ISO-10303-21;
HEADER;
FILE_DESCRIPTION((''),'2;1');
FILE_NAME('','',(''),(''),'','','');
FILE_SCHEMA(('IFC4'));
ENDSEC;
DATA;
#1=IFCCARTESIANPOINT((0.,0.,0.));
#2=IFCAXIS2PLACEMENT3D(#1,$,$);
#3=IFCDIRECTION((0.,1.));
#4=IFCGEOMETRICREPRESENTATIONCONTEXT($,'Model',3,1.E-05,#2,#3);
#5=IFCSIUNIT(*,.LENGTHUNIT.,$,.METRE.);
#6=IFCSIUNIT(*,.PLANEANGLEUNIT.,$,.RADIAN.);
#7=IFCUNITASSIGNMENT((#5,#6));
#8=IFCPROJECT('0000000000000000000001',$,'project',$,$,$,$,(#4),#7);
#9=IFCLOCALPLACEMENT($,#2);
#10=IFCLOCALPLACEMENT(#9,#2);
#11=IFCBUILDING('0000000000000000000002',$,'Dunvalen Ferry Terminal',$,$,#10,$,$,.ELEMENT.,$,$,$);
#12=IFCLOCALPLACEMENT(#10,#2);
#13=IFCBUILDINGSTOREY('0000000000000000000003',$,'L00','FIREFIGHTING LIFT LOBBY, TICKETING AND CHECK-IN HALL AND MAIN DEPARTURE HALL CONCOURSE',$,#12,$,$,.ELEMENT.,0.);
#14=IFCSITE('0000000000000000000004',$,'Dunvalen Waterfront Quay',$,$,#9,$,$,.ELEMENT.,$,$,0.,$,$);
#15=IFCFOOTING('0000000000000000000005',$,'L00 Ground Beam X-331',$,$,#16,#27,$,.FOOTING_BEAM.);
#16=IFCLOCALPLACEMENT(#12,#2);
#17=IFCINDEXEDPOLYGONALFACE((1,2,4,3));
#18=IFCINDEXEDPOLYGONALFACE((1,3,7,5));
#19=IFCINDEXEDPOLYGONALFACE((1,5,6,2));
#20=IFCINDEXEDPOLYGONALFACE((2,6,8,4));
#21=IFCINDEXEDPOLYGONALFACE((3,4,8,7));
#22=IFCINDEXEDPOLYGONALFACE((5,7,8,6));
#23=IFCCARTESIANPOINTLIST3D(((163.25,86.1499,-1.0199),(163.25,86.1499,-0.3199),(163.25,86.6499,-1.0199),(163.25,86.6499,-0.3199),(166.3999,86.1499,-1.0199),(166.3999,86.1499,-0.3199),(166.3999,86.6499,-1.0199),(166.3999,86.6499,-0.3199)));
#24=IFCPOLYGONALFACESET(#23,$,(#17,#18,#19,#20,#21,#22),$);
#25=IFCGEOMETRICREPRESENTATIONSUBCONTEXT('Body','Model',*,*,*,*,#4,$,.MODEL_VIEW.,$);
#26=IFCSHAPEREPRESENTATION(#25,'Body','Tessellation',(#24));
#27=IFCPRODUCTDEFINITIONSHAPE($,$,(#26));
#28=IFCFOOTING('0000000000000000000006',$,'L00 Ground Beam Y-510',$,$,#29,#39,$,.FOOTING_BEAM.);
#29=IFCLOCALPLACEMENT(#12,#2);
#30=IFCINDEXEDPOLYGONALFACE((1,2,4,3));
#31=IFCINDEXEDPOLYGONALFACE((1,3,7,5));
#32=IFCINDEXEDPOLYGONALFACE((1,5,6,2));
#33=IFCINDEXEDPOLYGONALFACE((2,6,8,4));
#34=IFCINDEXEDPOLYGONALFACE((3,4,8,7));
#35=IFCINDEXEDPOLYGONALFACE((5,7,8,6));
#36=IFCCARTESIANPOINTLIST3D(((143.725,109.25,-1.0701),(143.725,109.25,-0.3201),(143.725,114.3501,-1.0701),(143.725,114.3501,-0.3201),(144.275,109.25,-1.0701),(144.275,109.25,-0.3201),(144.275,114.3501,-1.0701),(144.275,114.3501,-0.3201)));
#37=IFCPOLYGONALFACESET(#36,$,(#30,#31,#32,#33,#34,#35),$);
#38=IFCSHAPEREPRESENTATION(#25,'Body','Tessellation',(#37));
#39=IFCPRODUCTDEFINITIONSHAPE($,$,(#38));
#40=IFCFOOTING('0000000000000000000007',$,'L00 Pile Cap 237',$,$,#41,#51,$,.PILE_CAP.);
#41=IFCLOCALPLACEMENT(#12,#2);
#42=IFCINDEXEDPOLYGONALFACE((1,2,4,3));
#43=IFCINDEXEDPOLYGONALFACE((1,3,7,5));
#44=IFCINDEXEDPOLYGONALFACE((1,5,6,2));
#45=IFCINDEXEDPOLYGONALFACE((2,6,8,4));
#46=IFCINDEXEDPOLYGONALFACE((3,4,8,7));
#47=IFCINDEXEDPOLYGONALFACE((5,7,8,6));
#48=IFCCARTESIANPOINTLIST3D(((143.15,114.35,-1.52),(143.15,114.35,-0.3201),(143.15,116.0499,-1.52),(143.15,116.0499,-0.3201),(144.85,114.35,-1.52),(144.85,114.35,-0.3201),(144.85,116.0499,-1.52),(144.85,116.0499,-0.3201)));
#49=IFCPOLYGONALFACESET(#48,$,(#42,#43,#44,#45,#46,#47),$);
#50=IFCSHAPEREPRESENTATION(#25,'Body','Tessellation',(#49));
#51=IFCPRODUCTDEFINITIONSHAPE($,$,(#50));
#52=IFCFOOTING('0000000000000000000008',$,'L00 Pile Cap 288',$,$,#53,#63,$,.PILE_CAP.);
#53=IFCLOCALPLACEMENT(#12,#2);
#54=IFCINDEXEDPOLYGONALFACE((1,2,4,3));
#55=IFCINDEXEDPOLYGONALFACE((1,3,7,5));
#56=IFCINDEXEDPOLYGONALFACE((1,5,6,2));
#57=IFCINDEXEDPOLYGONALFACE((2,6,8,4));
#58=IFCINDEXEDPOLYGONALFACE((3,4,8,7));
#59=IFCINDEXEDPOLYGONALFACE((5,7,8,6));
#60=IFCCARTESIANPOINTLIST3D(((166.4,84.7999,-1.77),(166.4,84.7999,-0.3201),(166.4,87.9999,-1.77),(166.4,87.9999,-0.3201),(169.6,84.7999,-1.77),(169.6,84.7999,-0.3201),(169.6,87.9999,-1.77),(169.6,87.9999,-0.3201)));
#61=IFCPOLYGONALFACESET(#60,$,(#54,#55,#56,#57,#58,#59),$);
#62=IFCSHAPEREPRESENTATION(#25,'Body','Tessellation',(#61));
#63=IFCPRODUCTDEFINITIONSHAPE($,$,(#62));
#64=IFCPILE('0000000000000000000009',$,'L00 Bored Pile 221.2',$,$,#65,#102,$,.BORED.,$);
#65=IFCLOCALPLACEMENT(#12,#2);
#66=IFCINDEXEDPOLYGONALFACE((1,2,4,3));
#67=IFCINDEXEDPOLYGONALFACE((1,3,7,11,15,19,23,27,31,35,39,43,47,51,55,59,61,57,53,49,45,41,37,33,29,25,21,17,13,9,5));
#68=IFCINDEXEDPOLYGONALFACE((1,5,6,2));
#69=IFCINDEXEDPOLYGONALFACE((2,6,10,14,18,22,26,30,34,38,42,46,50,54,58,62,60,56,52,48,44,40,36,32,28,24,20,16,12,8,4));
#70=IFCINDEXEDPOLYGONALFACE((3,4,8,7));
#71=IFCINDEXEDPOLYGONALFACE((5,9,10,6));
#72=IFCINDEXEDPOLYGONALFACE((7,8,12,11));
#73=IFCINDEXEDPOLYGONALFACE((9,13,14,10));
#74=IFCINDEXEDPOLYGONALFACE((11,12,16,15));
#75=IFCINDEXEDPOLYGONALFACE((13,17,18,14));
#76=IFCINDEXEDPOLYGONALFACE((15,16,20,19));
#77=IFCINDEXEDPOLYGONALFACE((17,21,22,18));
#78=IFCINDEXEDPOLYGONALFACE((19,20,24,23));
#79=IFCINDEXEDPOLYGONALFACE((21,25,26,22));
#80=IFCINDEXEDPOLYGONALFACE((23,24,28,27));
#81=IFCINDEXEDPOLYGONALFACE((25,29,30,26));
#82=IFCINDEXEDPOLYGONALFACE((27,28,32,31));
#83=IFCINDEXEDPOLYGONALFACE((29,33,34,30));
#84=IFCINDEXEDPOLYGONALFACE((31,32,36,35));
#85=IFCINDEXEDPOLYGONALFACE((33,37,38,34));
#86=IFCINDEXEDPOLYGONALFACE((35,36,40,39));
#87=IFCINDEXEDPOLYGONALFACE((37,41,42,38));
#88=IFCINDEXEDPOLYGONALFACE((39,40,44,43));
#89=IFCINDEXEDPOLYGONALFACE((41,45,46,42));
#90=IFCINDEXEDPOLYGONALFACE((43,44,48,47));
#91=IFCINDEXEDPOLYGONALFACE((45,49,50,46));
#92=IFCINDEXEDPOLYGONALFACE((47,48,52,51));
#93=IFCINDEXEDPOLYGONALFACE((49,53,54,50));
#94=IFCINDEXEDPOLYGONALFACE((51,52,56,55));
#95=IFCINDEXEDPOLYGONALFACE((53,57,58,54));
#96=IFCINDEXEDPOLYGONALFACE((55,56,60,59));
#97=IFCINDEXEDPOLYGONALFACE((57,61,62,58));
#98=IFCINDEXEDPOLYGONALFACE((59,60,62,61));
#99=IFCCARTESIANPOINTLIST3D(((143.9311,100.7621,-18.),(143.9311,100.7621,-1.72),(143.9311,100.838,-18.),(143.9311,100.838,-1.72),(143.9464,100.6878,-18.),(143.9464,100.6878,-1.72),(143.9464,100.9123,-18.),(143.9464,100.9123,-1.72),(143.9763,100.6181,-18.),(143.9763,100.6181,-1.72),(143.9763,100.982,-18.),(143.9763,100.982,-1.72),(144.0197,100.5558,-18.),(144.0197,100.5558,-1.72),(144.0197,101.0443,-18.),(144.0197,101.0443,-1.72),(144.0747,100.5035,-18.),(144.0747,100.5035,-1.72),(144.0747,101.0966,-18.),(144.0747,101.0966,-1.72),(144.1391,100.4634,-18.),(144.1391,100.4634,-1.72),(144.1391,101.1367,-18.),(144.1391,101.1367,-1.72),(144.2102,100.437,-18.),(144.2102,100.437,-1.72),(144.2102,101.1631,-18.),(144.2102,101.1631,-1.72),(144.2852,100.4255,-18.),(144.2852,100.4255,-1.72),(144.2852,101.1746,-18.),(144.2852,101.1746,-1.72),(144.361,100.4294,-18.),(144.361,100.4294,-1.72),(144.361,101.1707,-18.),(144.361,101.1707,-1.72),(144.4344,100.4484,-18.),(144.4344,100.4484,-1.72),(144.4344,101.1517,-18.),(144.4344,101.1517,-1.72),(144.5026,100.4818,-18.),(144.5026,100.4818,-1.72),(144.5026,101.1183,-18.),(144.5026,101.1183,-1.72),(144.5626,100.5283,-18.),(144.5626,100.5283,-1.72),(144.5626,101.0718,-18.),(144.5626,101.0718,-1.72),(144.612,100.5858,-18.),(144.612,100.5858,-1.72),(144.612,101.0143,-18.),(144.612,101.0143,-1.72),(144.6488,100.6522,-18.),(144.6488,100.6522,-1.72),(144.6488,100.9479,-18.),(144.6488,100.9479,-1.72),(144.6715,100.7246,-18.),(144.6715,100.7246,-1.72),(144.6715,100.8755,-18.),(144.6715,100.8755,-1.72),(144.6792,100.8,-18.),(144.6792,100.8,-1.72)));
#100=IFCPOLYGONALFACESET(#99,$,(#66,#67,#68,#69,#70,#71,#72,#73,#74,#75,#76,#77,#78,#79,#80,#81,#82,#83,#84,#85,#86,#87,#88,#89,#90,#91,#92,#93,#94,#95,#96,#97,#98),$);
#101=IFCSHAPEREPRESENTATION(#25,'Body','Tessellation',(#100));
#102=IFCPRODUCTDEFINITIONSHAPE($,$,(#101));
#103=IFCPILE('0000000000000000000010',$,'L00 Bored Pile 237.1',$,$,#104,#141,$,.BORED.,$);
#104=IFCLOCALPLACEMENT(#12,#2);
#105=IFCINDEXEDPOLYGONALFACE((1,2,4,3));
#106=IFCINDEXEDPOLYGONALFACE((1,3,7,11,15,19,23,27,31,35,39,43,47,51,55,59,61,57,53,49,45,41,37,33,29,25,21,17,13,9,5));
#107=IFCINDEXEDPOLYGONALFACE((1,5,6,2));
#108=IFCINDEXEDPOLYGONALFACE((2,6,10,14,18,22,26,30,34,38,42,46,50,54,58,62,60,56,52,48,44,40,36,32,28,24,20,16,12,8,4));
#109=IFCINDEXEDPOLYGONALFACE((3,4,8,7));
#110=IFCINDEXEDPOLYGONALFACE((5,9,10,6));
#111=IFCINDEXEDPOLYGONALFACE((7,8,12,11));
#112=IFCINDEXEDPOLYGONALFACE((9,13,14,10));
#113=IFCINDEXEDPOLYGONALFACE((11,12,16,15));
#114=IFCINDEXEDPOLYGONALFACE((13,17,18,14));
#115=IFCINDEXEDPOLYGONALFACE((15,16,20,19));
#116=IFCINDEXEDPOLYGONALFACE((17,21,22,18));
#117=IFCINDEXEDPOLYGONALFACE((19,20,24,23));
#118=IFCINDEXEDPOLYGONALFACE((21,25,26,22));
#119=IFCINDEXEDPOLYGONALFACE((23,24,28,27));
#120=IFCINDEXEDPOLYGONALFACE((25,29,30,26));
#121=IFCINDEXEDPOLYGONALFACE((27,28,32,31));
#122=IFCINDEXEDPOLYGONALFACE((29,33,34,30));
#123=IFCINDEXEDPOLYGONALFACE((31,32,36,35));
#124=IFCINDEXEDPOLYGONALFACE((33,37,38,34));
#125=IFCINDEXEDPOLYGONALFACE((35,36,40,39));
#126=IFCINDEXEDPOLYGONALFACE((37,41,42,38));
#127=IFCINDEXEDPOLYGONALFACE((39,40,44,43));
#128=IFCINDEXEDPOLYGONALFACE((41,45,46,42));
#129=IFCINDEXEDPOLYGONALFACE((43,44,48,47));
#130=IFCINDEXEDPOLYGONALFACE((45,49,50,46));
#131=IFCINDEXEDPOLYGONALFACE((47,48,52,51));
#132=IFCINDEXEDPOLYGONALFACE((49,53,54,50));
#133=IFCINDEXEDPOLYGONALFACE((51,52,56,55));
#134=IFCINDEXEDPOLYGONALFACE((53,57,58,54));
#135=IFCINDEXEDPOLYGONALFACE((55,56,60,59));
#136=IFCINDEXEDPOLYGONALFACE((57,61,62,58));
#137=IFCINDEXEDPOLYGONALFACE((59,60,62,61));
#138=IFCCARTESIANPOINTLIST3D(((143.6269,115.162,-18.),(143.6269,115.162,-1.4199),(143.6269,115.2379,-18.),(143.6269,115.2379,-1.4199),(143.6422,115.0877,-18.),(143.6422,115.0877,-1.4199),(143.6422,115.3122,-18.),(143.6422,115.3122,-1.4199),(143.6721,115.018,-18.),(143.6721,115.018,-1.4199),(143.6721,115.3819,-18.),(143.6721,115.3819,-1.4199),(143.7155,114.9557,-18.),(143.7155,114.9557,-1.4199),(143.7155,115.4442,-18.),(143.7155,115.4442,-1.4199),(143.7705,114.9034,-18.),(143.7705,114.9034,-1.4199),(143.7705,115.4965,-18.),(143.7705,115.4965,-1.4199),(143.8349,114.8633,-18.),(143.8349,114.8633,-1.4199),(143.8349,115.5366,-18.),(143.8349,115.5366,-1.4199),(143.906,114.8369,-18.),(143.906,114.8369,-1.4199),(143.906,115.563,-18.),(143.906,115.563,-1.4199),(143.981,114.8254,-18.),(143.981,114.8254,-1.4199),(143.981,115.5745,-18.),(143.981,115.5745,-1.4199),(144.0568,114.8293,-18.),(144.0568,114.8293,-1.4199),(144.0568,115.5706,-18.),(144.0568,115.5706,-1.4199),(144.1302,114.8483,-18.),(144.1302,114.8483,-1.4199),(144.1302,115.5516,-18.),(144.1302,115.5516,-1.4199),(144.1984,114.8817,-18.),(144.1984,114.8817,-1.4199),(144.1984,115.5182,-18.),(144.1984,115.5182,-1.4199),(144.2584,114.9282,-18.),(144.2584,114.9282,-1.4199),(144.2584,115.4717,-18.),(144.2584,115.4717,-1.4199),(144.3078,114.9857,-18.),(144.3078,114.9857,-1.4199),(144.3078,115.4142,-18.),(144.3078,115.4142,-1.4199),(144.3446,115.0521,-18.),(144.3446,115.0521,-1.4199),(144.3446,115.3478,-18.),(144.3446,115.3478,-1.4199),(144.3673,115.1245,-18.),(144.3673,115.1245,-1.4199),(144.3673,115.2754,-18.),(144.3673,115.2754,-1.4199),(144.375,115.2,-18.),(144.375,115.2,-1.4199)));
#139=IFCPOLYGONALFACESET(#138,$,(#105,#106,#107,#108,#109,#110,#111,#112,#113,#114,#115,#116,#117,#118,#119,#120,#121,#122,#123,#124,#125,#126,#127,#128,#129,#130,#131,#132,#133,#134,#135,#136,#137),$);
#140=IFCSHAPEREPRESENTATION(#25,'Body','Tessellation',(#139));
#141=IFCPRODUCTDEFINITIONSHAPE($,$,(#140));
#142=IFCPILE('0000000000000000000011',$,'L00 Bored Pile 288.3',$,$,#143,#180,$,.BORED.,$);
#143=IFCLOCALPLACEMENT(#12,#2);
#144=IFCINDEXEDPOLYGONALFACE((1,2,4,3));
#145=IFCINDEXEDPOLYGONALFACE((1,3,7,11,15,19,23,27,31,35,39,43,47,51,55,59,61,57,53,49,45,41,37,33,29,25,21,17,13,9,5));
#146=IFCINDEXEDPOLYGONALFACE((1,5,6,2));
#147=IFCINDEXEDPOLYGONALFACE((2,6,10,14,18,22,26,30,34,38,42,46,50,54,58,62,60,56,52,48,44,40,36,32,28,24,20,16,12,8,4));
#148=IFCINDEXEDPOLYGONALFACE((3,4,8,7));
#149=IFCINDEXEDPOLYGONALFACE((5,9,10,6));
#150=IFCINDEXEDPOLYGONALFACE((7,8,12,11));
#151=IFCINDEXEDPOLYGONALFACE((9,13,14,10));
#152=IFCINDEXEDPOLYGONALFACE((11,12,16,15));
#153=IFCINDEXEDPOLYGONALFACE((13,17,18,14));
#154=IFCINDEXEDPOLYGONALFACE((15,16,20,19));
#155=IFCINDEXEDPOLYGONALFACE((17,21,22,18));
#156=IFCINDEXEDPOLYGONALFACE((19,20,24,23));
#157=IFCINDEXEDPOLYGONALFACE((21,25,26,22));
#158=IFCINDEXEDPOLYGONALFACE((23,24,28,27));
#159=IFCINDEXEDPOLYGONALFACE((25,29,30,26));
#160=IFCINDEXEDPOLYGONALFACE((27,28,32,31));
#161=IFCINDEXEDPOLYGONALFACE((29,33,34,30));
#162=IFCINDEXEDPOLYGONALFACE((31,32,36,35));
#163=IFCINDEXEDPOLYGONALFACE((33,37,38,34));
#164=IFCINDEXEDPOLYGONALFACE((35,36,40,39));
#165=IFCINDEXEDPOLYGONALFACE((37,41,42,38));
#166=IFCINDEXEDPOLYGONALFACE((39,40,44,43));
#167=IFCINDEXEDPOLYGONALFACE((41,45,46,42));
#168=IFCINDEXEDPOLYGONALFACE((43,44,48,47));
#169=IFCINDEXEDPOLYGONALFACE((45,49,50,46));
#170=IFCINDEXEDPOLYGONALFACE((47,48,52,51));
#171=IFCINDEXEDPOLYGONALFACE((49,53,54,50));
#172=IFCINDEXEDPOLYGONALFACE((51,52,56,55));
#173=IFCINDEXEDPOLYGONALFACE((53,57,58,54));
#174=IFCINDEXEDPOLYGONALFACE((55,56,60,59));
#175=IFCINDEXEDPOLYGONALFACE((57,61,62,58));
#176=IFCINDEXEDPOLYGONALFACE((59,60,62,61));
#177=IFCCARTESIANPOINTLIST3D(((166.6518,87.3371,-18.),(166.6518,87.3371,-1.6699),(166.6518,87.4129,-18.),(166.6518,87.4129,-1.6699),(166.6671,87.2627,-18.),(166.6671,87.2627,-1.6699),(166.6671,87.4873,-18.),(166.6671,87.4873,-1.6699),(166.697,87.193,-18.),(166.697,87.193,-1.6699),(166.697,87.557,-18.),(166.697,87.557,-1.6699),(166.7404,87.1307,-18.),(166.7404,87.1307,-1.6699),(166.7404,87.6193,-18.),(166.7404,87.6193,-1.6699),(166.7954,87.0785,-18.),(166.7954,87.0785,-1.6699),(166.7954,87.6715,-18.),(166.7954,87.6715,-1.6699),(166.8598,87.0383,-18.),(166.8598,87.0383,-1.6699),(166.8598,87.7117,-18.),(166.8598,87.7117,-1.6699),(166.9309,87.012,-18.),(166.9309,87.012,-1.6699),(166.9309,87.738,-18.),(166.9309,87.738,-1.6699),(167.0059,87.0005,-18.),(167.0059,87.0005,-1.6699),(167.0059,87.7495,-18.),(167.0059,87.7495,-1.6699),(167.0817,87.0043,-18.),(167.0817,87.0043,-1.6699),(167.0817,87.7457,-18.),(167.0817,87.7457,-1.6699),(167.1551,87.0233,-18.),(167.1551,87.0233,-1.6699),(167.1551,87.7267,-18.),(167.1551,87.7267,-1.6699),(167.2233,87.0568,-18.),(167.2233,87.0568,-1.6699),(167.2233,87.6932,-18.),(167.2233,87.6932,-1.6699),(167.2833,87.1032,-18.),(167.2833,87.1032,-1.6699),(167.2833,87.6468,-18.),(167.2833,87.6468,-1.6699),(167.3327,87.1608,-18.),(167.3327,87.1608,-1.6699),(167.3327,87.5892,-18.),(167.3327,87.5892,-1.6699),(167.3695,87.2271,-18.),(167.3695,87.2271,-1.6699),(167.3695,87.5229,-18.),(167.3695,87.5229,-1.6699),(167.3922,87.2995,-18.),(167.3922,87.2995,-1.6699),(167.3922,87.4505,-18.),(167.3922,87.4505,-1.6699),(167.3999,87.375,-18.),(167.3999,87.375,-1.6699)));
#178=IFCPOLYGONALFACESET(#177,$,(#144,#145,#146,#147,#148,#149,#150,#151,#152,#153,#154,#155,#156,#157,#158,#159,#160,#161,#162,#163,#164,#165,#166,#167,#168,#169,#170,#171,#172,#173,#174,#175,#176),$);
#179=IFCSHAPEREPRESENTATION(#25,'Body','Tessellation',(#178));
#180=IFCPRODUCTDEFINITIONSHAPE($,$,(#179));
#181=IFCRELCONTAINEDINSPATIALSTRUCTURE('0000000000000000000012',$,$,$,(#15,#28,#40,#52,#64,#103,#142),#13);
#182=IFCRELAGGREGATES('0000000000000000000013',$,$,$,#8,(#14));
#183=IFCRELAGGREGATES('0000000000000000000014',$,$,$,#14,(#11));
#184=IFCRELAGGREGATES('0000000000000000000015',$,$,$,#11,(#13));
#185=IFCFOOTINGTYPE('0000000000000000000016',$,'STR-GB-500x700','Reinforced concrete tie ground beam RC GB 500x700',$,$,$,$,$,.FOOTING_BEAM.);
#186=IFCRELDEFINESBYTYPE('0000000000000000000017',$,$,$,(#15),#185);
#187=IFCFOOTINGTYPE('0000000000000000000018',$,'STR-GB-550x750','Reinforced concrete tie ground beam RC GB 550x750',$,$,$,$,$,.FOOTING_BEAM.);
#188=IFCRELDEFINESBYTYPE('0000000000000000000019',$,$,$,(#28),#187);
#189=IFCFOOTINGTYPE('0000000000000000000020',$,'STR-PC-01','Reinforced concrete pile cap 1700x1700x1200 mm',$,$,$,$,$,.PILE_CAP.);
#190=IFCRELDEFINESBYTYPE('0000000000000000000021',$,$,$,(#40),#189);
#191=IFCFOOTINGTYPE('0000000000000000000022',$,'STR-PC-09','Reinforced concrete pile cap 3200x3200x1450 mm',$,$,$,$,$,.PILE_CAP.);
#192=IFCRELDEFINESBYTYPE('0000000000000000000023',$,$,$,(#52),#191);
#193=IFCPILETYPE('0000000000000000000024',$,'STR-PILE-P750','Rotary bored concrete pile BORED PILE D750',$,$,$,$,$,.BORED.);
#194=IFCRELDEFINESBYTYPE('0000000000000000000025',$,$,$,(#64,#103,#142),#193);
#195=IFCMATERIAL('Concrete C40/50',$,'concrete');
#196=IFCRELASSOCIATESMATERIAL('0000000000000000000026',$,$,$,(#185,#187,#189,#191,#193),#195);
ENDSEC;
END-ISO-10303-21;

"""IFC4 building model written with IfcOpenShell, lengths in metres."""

from ifc_helpers import new_model, si_unit, direction, frame, origin, origin_2d, place, context, subcontext, project, spatial, rectangle, circle, extrude, material, material_profile, profile_set, type_object, element, save


model = new_model("IFC4")

# Units and contexts
model_context = context("Model", 3, precision=1e-05, world=origin(), true_north=direction((0.0, 1.0)))
body_context = subcontext(model_context, "Body", "Model", "MODEL_VIEW")
ifc_project = project(units=[si_unit("LENGTHUNIT", "METRE"), si_unit("PLANEANGLEUNIT", "RADIAN")], contexts=[model_context])

# Site, building, storey
site_placement = place(None, origin())
site = spatial("IfcSite", under=ifc_project, at=site_placement, Name="Dunvalen Waterfront Quay", CompositionType="ELEMENT", RefElevation=0.0)
building_placement = place(site_placement, origin())
building = spatial("IfcBuilding", under=site, at=building_placement, Name="Dunvalen Ferry Terminal", CompositionType="ELEMENT")
storey_placement = place(building_placement, origin())
storey = spatial("IfcBuildingStorey", under=building, at=storey_placement, Name="L00", Description="FIREFIGHTING LIFT LOBBY, TICKETING AND CHECK-IN HALL AND MAIN DEPARTURE HALL CONCOURSE", CompositionType="ELEMENT", Elevation=0.0)

# Footings
ifc_material_1 = material(Name="Concrete C40/50", Category="concrete")
ifc_material_profile_1 = material_profile(ifc_material_1, rectangle(XDim=0.5, YDim=0.7, at=origin_2d()), Name="Concrete C40/50")
ifc_profile_set_1 = profile_set([ifc_material_profile_1], Name="Concrete C40/50")
footing_type_1 = type_object("IfcFootingType", Name="STR-GB-500x700", Description="Reinforced concrete tie ground beam RC GB 500x700", PredefinedType="FOOTING_BEAM", material=ifc_profile_set_1)
footing_1_placement = place(storey_placement, frame((163.25, 86.3999, -0.6699), z_axis=(1.0, 0.0, 0.0), x_axis=(0.0, 1.0, 0.0)))
element("IfcFooting", 1, at=footing_1_placement, inside=storey, type_object=footing_type_1, Name="L00 Ground Beam X-331", PredefinedType="FOOTING_BEAM", context=body_context, shape_type="SweptSolid", body=[
    extrude(rectangle(XDim=0.5, YDim=0.7, at=origin_2d()), origin(), (0.0, 0.0, 1.0), 3.1499),
])
ifc_material_profile_2 = material_profile(ifc_material_1, rectangle(XDim=0.55, YDim=0.75, at=origin_2d()), Name="Concrete C40/50")
ifc_profile_set_2 = profile_set([ifc_material_profile_2], Name="Concrete C40/50")
footing_type_2 = type_object("IfcFootingType", Name="STR-GB-550x750", Description="Reinforced concrete tie ground beam RC GB 550x750", PredefinedType="FOOTING_BEAM", material=ifc_profile_set_2)
footing_2_placement = place(storey_placement, frame((144.0, 109.25, -0.6951), z_axis=(0.0, 1.0, 0.0), x_axis=(-1.0, 0.0, 0.0)))
element("IfcFooting", 2, at=footing_2_placement, inside=storey, type_object=footing_type_2, Name="L00 Ground Beam Y-510", PredefinedType="FOOTING_BEAM", context=body_context, shape_type="SweptSolid", body=[
    extrude(rectangle(XDim=0.55, YDim=0.75, at=origin_2d()), origin(), (0.0, 0.0, 1.0), 5.1001),
])
footing_type_3 = type_object("IfcFootingType", Name="STR-PC-01", Description="Reinforced concrete pile cap 1700x1700x1200 mm", PredefinedType="PILE_CAP", material=ifc_material_1)
footing_3_placement = place(storey_placement, frame((144.0, 115.2, -1.52), z_axis=(0.0, 0.0, 1.0), x_axis=(1.0, 0.0, 0.0)))
element("IfcFooting", 3, at=footing_3_placement, inside=storey, type_object=footing_type_3, Name="L00 Pile Cap 237", PredefinedType="PILE_CAP", context=body_context, shape_type="SweptSolid", body=[
    extrude(rectangle(XDim=1.7, YDim=1.7, at=origin_2d()), origin(), (0.0, 0.0, 1.0), 1.2),
])
footing_type_4 = type_object("IfcFootingType", Name="STR-PC-09", Description="Reinforced concrete pile cap 3200x3200x1450 mm", PredefinedType="PILE_CAP", material=ifc_material_1)
footing_4_placement = place(storey_placement, frame((168.0, 86.3999, -1.77), z_axis=(0.0, 0.0, 1.0), x_axis=(1.0, 0.0, 0.0)))
element("IfcFooting", 4, at=footing_4_placement, inside=storey, type_object=footing_type_4, Name="L00 Pile Cap 288", PredefinedType="PILE_CAP", context=body_context, shape_type="SweptSolid", body=[
    extrude(rectangle(XDim=3.2, YDim=3.2, at=origin_2d()), origin(), (0.0, 0.0, 1.0), 1.45),
])

# Piles
ifc_material_profile_3 = material_profile(ifc_material_1, circle(Radius=0.375, at=origin_2d()), Name="Concrete C40/50")
ifc_profile_set_3 = profile_set([ifc_material_profile_3], Name="Concrete C40/50")
pile_type_1 = type_object("IfcPileType", Name="STR-PILE-P750", Description="Rotary bored concrete pile BORED PILE D750", PredefinedType="BORED", material=ifc_profile_set_3)
pile_1_placement = place(storey_placement, frame((144.3042, 100.8, -1.72), z_axis=(0.0, 0.0, -1.0), x_axis=(1.0, 0.0, 0.0)))
element("IfcPile", 5, at=pile_1_placement, inside=storey, type_object=pile_type_1, Name="L00 Bored Pile 221.2", PredefinedType="BORED", context=body_context, shape_type="SweptSolid", body=[
    extrude(circle(Radius=0.375, at=origin_2d()), origin(), (0.0, 0.0, 1.0), 16.28),
])
pile_2_placement = place(storey_placement, frame((144.0, 115.2, -1.4199), z_axis=(0.0, 0.0, -1.0), x_axis=(1.0, 0.0, 0.0)))
element("IfcPile", 6, at=pile_2_placement, inside=storey, type_object=pile_type_1, Name="L00 Bored Pile 237.1", PredefinedType="BORED", context=body_context, shape_type="SweptSolid", body=[
    extrude(circle(Radius=0.375, at=origin_2d()), origin(), (0.0, 0.0, 1.0), 16.5801),
])
for number, where, z_axis, x_axis, name in (
    (7, (167.0249, 87.375, -1.6699), (0.0, 0.0, -1.0), (1.0, 0.0, 0.0), "L00 Bored Pile 288.3"),
):
    element("IfcPile", number, at=place(storey_placement, frame(where, z_axis=z_axis, x_axis=x_axis)), inside=storey, type_object=pile_type_1, Name=name, PredefinedType="BORED", context=body_context, shape_type="SweptSolid", body=[
        extrude(circle(Radius=0.375, at=origin_2d()), origin(), (0.0, 0.0, 1.0), 16.3301),
    ])

save(model, "model.ifc")
